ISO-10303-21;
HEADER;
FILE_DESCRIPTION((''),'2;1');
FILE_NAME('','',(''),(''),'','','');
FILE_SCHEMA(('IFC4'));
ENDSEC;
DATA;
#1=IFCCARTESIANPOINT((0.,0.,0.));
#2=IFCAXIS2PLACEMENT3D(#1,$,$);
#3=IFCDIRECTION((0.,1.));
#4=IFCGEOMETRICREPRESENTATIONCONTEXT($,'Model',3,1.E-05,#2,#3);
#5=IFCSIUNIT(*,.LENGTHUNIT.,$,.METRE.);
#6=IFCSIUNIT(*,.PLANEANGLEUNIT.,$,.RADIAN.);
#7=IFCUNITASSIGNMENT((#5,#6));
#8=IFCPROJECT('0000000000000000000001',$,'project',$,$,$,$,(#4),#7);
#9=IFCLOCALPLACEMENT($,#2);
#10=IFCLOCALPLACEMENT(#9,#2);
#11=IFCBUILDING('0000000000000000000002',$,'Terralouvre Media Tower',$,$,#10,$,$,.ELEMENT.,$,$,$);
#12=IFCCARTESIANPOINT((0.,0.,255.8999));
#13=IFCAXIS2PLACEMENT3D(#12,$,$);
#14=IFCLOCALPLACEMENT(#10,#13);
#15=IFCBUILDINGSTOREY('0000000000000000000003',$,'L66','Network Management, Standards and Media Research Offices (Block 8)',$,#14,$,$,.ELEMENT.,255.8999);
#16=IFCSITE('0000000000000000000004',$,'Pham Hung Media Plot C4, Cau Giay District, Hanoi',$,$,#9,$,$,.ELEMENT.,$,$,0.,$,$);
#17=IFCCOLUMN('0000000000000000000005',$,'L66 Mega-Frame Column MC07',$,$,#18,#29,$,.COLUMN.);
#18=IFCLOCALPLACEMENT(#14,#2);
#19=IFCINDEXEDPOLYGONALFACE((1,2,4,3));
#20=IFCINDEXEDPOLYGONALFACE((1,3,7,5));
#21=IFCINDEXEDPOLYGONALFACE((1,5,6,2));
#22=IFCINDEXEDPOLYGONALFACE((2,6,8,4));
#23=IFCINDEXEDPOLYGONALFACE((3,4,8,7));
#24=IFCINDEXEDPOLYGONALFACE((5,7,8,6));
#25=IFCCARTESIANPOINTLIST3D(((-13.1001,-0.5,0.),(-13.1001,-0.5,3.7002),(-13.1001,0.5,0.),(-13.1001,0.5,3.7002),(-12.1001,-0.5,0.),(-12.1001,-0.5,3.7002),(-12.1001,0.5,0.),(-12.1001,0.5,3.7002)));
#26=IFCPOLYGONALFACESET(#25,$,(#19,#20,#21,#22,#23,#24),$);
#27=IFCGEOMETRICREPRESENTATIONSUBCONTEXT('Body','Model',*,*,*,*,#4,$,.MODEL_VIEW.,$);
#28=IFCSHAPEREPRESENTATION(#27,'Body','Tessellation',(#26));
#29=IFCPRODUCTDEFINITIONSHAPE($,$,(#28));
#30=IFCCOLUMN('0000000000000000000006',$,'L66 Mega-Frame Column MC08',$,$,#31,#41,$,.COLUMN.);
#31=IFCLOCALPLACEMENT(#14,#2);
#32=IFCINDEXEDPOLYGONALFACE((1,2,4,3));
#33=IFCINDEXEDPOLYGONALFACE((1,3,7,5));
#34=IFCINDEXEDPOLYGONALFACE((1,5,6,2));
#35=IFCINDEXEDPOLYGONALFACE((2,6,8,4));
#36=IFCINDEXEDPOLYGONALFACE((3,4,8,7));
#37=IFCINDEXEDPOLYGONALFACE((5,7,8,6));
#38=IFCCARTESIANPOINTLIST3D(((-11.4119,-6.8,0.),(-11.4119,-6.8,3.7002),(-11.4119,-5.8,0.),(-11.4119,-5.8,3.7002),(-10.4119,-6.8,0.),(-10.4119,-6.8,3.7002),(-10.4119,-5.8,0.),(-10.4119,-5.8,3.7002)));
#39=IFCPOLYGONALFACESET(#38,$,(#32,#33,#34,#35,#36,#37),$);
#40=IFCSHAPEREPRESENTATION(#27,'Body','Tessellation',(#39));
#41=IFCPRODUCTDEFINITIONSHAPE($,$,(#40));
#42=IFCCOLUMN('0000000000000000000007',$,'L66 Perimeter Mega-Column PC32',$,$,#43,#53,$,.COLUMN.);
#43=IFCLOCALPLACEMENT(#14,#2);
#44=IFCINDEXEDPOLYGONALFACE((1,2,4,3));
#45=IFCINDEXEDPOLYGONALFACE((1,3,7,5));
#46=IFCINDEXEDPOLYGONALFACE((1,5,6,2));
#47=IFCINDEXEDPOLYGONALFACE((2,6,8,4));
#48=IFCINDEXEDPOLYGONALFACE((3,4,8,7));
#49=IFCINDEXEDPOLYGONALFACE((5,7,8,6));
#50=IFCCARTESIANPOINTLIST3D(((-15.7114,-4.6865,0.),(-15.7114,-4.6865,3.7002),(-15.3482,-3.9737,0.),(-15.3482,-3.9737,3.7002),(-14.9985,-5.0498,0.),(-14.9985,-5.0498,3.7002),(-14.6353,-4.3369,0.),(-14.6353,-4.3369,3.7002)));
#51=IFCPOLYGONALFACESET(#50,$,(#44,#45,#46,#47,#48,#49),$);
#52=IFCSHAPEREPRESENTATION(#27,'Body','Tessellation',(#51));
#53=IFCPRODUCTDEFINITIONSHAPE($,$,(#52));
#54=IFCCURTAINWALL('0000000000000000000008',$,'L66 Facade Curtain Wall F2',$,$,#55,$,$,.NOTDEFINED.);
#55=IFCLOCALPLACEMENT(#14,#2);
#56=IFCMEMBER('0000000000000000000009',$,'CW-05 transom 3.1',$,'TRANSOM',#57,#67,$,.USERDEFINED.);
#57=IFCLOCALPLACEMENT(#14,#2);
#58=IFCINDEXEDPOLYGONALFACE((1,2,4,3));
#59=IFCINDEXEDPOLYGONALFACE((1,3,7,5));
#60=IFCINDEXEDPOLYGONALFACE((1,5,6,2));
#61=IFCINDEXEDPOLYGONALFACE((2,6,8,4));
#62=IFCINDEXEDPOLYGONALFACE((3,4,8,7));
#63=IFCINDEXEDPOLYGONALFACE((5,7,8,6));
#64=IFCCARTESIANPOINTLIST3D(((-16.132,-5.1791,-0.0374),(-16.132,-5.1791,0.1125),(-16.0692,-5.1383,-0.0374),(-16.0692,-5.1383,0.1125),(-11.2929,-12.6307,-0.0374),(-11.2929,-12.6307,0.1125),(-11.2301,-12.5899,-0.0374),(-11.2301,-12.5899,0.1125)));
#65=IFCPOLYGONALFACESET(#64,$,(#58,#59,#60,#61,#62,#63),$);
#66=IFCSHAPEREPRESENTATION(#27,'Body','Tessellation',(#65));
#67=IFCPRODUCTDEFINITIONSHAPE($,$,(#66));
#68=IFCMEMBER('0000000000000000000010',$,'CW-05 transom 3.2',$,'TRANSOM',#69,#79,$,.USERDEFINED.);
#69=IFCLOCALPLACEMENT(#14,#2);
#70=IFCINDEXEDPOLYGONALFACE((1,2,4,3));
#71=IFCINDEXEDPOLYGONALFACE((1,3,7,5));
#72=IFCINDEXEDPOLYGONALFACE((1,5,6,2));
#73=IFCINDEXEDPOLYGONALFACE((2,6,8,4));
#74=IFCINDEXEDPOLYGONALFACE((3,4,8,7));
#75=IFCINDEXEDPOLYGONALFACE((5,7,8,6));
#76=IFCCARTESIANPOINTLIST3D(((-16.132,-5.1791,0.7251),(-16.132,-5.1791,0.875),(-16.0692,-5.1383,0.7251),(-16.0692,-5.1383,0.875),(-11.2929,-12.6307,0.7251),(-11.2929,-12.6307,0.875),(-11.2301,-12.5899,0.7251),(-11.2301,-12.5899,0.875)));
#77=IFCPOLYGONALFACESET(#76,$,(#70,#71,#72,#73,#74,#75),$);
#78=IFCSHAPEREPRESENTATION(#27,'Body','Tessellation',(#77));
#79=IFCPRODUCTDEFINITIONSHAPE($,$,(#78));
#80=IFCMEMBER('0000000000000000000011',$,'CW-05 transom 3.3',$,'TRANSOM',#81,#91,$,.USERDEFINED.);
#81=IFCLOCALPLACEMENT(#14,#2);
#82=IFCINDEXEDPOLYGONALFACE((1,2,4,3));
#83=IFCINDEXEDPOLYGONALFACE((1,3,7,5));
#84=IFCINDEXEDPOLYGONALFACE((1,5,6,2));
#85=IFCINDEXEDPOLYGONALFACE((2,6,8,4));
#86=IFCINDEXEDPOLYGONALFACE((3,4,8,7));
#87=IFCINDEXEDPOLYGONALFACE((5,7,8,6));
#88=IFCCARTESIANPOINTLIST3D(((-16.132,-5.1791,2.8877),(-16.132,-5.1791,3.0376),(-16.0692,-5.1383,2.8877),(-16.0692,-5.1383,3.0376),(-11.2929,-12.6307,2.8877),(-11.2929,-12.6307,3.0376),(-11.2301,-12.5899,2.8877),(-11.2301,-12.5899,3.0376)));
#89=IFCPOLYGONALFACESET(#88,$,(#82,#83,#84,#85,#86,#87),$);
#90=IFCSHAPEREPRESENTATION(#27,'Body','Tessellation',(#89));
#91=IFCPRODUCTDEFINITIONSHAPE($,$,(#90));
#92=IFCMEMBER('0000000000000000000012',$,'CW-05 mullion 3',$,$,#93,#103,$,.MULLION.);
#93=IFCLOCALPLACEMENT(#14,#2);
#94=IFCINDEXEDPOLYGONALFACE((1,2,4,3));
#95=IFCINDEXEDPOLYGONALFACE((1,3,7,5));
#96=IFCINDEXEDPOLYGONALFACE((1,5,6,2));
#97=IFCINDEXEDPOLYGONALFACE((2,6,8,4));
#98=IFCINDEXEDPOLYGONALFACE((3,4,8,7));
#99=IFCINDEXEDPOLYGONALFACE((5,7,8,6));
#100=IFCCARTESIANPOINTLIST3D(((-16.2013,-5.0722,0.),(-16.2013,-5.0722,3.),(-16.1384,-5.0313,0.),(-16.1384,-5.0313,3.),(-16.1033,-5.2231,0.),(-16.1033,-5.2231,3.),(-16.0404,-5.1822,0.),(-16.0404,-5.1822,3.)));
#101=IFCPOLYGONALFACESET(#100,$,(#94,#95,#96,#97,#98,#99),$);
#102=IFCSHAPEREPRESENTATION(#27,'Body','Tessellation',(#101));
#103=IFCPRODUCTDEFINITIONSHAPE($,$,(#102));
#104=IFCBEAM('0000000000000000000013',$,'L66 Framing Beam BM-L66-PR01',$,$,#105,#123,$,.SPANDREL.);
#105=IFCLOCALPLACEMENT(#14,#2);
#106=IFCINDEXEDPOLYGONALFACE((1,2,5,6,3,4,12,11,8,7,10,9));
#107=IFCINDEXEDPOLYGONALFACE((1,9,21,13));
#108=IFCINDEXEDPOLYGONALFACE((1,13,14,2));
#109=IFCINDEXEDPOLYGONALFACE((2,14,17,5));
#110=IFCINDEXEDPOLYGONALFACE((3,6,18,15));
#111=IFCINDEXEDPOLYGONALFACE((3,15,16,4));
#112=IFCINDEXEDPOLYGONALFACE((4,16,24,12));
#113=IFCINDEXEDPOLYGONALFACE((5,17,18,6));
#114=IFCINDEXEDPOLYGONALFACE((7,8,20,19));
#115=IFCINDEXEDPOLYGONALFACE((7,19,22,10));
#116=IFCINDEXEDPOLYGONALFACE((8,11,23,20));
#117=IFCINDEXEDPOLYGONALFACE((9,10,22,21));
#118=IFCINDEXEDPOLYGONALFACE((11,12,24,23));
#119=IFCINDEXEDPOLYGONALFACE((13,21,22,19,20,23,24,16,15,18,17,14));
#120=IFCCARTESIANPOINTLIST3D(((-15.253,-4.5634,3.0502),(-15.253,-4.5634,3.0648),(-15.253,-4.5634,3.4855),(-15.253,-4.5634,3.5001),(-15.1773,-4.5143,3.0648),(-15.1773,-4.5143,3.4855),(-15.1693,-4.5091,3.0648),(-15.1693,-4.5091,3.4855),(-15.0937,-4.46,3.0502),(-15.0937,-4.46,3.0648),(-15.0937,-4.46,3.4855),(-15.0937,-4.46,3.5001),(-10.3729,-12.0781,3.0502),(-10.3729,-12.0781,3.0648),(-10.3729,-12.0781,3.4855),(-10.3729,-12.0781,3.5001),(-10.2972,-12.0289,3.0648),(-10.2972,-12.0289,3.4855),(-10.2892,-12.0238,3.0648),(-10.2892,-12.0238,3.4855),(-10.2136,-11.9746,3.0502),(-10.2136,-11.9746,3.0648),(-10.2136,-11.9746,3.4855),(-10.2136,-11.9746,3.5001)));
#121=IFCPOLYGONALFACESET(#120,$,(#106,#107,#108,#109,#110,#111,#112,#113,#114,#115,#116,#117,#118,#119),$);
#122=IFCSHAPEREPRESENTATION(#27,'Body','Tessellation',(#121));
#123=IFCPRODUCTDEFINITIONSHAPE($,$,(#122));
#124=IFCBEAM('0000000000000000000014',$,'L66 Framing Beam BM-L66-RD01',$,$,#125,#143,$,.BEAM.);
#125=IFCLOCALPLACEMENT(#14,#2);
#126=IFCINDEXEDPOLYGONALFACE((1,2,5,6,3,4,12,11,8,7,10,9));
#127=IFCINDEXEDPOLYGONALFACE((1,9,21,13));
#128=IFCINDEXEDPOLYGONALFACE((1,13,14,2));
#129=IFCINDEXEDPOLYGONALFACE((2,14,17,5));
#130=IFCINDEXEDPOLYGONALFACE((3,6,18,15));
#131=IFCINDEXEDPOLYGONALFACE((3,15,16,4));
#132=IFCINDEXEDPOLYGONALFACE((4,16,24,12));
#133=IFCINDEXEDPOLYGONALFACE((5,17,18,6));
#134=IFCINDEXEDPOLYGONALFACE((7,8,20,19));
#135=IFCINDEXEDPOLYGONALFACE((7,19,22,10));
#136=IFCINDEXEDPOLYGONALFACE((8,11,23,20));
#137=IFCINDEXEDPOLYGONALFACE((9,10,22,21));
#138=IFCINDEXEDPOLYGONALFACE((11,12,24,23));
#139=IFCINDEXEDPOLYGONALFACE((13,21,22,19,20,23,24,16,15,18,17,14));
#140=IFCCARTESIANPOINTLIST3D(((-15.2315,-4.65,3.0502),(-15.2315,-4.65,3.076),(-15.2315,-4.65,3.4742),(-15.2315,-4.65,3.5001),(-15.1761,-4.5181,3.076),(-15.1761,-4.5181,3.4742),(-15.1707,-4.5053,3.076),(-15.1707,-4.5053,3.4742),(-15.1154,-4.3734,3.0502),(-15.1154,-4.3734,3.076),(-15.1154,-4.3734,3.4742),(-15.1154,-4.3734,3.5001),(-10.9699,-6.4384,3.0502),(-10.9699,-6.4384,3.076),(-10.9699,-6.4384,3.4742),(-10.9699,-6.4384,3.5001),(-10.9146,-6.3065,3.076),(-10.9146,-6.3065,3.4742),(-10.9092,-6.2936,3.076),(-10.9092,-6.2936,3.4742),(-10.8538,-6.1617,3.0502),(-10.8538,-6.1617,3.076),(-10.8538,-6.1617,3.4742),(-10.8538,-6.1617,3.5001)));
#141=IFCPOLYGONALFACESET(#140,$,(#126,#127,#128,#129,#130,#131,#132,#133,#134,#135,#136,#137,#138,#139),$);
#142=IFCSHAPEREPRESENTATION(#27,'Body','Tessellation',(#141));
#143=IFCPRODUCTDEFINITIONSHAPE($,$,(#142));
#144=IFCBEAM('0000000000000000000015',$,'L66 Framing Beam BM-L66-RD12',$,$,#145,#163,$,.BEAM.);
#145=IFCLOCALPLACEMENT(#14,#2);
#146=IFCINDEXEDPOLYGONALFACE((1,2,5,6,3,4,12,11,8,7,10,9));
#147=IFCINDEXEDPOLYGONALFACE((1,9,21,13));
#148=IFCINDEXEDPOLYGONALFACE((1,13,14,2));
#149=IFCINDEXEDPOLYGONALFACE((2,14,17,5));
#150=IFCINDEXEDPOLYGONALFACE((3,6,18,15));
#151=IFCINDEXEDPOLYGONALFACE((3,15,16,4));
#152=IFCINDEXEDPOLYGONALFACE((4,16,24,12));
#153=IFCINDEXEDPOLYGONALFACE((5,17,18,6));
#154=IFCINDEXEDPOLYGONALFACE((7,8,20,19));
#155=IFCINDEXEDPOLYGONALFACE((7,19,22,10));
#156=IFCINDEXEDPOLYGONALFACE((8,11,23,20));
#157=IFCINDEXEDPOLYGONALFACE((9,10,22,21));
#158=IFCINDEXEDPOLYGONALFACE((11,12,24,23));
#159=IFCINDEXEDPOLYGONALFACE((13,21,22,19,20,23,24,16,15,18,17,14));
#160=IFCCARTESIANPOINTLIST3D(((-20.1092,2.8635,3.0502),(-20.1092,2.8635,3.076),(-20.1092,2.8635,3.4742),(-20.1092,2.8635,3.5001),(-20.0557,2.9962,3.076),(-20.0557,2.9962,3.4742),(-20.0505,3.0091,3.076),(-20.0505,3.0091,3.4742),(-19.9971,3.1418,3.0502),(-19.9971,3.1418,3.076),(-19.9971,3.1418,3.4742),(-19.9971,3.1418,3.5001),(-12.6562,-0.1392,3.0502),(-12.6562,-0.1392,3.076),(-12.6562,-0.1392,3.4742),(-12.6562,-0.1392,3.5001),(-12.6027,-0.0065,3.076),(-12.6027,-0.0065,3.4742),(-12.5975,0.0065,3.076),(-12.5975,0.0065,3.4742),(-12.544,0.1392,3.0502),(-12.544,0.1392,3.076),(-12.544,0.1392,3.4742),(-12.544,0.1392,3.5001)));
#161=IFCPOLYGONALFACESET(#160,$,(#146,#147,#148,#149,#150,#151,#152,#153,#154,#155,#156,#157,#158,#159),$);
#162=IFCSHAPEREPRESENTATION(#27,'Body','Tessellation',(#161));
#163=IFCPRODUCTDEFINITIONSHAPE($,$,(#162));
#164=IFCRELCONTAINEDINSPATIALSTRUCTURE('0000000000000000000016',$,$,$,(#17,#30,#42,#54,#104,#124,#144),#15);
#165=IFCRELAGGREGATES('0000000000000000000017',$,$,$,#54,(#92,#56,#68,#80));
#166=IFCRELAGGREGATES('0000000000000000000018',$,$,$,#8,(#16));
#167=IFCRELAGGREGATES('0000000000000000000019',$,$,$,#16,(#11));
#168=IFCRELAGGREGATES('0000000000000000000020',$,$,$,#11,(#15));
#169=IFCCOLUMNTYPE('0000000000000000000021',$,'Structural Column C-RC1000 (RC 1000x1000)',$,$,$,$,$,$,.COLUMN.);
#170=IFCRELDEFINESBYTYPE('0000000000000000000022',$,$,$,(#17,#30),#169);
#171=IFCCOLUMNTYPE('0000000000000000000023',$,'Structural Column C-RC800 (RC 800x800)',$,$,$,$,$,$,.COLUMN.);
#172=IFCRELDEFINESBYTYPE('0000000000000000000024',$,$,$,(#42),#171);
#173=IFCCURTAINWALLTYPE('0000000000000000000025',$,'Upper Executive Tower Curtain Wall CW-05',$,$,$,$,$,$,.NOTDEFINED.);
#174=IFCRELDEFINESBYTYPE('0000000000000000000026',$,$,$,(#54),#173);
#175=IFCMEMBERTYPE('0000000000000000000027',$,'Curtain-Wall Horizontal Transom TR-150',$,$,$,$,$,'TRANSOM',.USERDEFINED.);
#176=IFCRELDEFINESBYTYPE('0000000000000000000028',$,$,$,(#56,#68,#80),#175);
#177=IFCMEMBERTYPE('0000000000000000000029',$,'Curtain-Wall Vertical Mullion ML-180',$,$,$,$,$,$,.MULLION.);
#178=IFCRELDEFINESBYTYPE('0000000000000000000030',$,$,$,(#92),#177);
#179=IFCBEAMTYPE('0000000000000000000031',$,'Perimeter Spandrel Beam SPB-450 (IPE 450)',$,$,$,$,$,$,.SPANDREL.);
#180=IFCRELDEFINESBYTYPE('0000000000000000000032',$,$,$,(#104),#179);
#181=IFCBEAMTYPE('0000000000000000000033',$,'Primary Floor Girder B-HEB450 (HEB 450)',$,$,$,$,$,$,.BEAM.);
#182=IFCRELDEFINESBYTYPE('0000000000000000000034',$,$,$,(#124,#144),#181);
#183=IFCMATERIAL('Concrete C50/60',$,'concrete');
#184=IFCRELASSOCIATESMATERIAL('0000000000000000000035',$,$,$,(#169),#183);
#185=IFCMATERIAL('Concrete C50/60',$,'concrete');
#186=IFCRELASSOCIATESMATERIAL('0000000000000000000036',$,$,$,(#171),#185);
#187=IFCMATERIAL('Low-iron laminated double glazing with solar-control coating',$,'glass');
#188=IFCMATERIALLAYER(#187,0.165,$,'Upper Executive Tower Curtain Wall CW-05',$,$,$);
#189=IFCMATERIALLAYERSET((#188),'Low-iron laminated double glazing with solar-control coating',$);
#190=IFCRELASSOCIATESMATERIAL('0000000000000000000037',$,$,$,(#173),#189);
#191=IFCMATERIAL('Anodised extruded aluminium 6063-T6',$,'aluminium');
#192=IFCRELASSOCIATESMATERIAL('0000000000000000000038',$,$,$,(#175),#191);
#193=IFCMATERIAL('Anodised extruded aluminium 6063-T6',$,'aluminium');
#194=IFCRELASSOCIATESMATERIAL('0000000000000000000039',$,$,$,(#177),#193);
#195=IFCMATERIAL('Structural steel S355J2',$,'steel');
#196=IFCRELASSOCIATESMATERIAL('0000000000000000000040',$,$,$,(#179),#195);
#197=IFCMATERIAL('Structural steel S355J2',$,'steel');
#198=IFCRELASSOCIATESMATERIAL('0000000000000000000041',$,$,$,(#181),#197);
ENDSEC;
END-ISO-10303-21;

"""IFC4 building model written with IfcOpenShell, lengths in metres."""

from ifc_helpers import new_model, si_unit, direction, frame, origin, origin_2d, place, context, subcontext, project, spatial, rectangle, i_section, extrude, material, layer, layer_set, material_profile, profile_set, type_object, element, aggregate, save


model = new_model("IFC4")

# Units and contexts
model_context = context("Model", 3, precision=1e-05, world=origin(), true_north=direction((0.0, 1.0)))
body_context = subcontext(model_context, "Body", "Model", "MODEL_VIEW")
ifc_project = project(units=[si_unit("LENGTHUNIT", "METRE"), si_unit("PLANEANGLEUNIT", "RADIAN")], contexts=[model_context])

# Site, building, storey
site_placement = place(None, origin())
site = spatial("IfcSite", under=ifc_project, at=site_placement, Name="Pham Hung Media Plot C4, Cau Giay District, Hanoi", CompositionType="ELEMENT", RefElevation=0.0)
building_placement = place(site_placement, origin())
building = spatial("IfcBuilding", under=site, at=building_placement, Name="Terralouvre Media Tower", CompositionType="ELEMENT")
storey_placement = place(building_placement, frame((0.0, 0.0, 255.8999)))
storey = spatial("IfcBuildingStorey", under=building, at=storey_placement, Name="L66", Description="Network Management, Standards and Media Research Offices (Block 8)", CompositionType="ELEMENT", Elevation=255.8999)

# Columns
ifc_material_1 = material(Name="Concrete C50/60", Category="concrete")
ifc_material_profile_1 = material_profile(ifc_material_1, rectangle(XDim=1.0, YDim=1.0, at=origin_2d()), Name="RC 1000x1000")
ifc_profile_set_1 = profile_set([ifc_material_profile_1], Name="Concrete C50/60")
column_type_1 = type_object("IfcColumnType", Name="Structural Column C-RC1000 (RC 1000x1000)", PredefinedType="COLUMN", material=ifc_profile_set_1)
for number, where, z_axis, x_axis, name in (
    (1, (-12.6001, 0.0, 0.0), (0.0, 0.0, 1.0), (1.0, 0.0, 0.0), "L66 Mega-Frame Column MC07"),
    (2, (-10.9119, -6.3, 0.0), (0.0, 0.0, 1.0), (1.0, 0.0, 0.0), "L66 Mega-Frame Column MC08"),
):
    element("IfcColumn", number, at=place(storey_placement, frame(where, z_axis=z_axis, x_axis=x_axis)), inside=storey, type_object=column_type_1, Name=name, PredefinedType="COLUMN", context=body_context, shape_type="SweptSolid", body=[
        extrude(rectangle(XDim=1.0, YDim=1.0, at=origin_2d()), origin(), (0.0, 0.0, 1.0), 3.7002),
    ])
ifc_material_2 = material(Name="Concrete C50/60", Category="concrete")
ifc_material_profile_2 = material_profile(ifc_material_2, rectangle(XDim=0.8, YDim=0.8, at=origin_2d()), Name="RC 800x800")
ifc_profile_set_2 = profile_set([ifc_material_profile_2], Name="Concrete C50/60")
column_type_2 = type_object("IfcColumnType", Name="Structural Column C-RC800 (RC 800x800)", PredefinedType="COLUMN", material=ifc_profile_set_2)
column_placement = place(storey_placement, frame((-15.1733, -4.5117, 0.0), z_axis=(0.0, 0.0, 1.0), x_axis=(0.45399, 0.891007, 0.0)))
element("IfcColumn", 3, at=column_placement, inside=storey, type_object=column_type_2, Name="L66 Perimeter Mega-Column PC32", PredefinedType="COLUMN", context=body_context, shape_type="SweptSolid", body=[
    extrude(rectangle(XDim=0.8, YDim=0.8, at=origin_2d()), origin(), (0.0, 0.0, 1.0), 3.7002),
])

# Curtain wall, members
ifc_material_3 = material(Name="Low-iron laminated double glazing with solar-control coating", Category="glass")
ifc_layer_1 = layer(ifc_material_3, 0.165, Name="Upper Executive Tower Curtain Wall CW-05")
ifc_layer_set_1 = layer_set([ifc_layer_1], Name="Low-iron laminated double glazing with solar-control coating")
curtain_wall_type = type_object("IfcCurtainWallType", Name="Upper Executive Tower Curtain Wall CW-05", PredefinedType="NOTDEFINED", material=ifc_layer_set_1)
curtain_wall_placement = place(storey_placement, origin())
curtain_wall = element("IfcCurtainWall", 4, at=curtain_wall_placement, inside=storey, type_object=curtain_wall_type, Name="L66 Facade Curtain Wall F2", PredefinedType="NOTDEFINED")
ifc_material_4 = material(Name="Anodised extruded aluminium 6063-T6", Category="aluminium")
ifc_material_profile_3 = material_profile(ifc_material_4, rectangle(XDim=0.075, YDim=0.1499, at=origin_2d()), Name="ALU 75x150")
ifc_profile_set_3 = profile_set([ifc_material_profile_3], Name="Anodised extruded aluminium 6063-T6")
member_type_1 = type_object("IfcMemberType", Name="Curtain-Wall Horizontal Transom TR-150", ElementType="TRANSOM", PredefinedType="USERDEFINED", material=ifc_profile_set_3)
member_1_placement = place(storey_placement, frame((-16.1006, -5.1587, 0.0376), z_axis=(0.544635, -0.838673, 0.0), x_axis=(0.838673, 0.544635, 0.0)))
member_1 = element("IfcMember", 5, at=member_1_placement, type_object=member_type_1, Name="CW-05 transom 3.1", ObjectType="TRANSOM", PredefinedType="USERDEFINED", context=body_context, shape_type="SweptSolid", body=[
    extrude(rectangle(XDim=0.075, YDim=0.1499, at=origin_2d()), origin(), (0.0, 0.0, 1.0), 8.885),
])
member_2_placement = place(storey_placement, frame((-16.1006, -5.1587, 0.8), z_axis=(0.544635, -0.838673, 0.0), x_axis=(0.838673, 0.544635, 0.0)))
member_2 = element("IfcMember", 6, at=member_2_placement, type_object=member_type_1, Name="CW-05 transom 3.2", ObjectType="TRANSOM", PredefinedType="USERDEFINED", context=body_context, shape_type="SweptSolid", body=[
    extrude(rectangle(XDim=0.075, YDim=0.1499, at=origin_2d()), origin(), (0.0, 0.0, 1.0), 8.885),
])
member_3_placement = place(storey_placement, frame((-16.1006, -5.1587, 2.9626), z_axis=(0.544635, -0.838673, 0.0), x_axis=(0.838673, 0.544635, 0.0)))
member_3 = element("IfcMember", 7, at=member_3_placement, type_object=member_type_1, Name="CW-05 transom 3.3", ObjectType="TRANSOM", PredefinedType="USERDEFINED", context=body_context, shape_type="SweptSolid", body=[
    extrude(rectangle(XDim=0.075, YDim=0.1499, at=origin_2d()), origin(), (0.0, 0.0, 1.0), 8.885),
])
ifc_material_5 = material(Name="Anodised extruded aluminium 6063-T6", Category="aluminium")
ifc_material_profile_4 = material_profile(ifc_material_5, rectangle(XDim=0.075, YDim=0.1799, at=origin_2d()), Name="ALU 75x180")
ifc_profile_set_4 = profile_set([ifc_material_profile_4], Name="Anodised extruded aluminium 6063-T6")
member_type_2 = type_object("IfcMemberType", Name="Curtain-Wall Vertical Mullion ML-180", PredefinedType="MULLION", material=ifc_profile_set_4)
member_4_placement = place(storey_placement, frame((-16.1208, -5.1272, 0.0), z_axis=(0.0, 0.0, 1.0), x_axis=(0.838671, 0.544639, 0.0)))
member_4 = element("IfcMember", 8, at=member_4_placement, type_object=member_type_2, Name="CW-05 mullion 3", PredefinedType="MULLION", context=body_context, shape_type="SweptSolid", body=[
    extrude(rectangle(XDim=0.075, YDim=0.1799, at=origin_2d()), origin(), (0.0, 0.0, 1.0), 3.0),
])

# Beams
ifc_material_6 = material(Name="Structural steel S355J2", Category="steel")
ifc_material_profile_5 = material_profile(ifc_material_6, i_section(OverallWidth=0.1899, OverallDepth=0.45, WebThickness=0.0095, FlangeThickness=0.0146, at=origin_2d()), Name="IPE 450")
ifc_profile_set_5 = profile_set([ifc_material_profile_5], Name="Structural steel S355J2")
beam_type_1 = type_object("IfcBeamType", Name="Perimeter Spandrel Beam SPB-450 (IPE 450)", PredefinedType="SPANDREL", material=ifc_profile_set_5)
beam_1_placement = place(storey_placement, frame((-15.1733, -4.5117, 3.2751), z_axis=(0.544644, -0.838668, 0.0), x_axis=(0.838668, 0.544644, 0.0)))
element("IfcBeam", 9, at=beam_1_placement, inside=storey, type_object=beam_type_1, Name="L66 Framing Beam BM-L66-PR01", PredefinedType="SPANDREL", context=body_context, shape_type="SweptSolid", body=[
    extrude(i_section(OverallWidth=0.1899, OverallDepth=0.45, WebThickness=0.0095, FlangeThickness=0.0146, at=origin_2d()), origin(), (0.0, 0.0, 1.0), 8.9602),
])
ifc_material_7 = material(Name="Structural steel S355J2", Category="steel")
ifc_material_profile_6 = material_profile(ifc_material_7, i_section(OverallWidth=0.3, OverallDepth=0.45, WebThickness=0.0139, FlangeThickness=0.0259, at=origin_2d()), Name="HEB 450")
ifc_profile_set_6 = profile_set([ifc_material_profile_6], Name="Structural steel S355J2")
beam_type_2 = type_object("IfcBeamType", Name="Primary Floor Girder B-HEB450 (HEB 450)", PredefinedType="BEAM", material=ifc_profile_set_6)
beam_2_placement = place(storey_placement, frame((-10.9119, -6.3, 3.2751), z_axis=(-0.922097, 0.386959, 0.0), x_axis=(-0.386959, -0.922097, 0.0)))
element("IfcBeam", 10, at=beam_2_placement, inside=storey, type_object=beam_type_2, Name="L66 Framing Beam BM-L66-RD01", PredefinedType="BEAM", context=body_context, shape_type="SweptSolid", body=[
    extrude(i_section(OverallWidth=0.3, OverallDepth=0.45, WebThickness=0.0139, FlangeThickness=0.0259, at=origin_2d()), origin(), (0.0, 0.0, 1.0), 4.6216),
])
beam_3_placement = place(storey_placement, frame((-12.6001, 0.0, 3.2751), z_axis=(-0.927554, 0.373689, 0.0), x_axis=(-0.373689, -0.927554, 0.0)))
element("IfcBeam", 11, at=beam_3_placement, inside=storey, type_object=beam_type_2, Name="L66 Framing Beam BM-L66-RD12", PredefinedType="BEAM", context=body_context, shape_type="SweptSolid", body=[
    extrude(i_section(OverallWidth=0.3, OverallDepth=0.45, WebThickness=0.0139, FlangeThickness=0.0259, at=origin_2d()), origin(), (0.0, 0.0, 1.0), 8.0352),
])

aggregate(curtain_wall, [member_4, member_1, member_2, member_3])

save(model, "model.ifc")
